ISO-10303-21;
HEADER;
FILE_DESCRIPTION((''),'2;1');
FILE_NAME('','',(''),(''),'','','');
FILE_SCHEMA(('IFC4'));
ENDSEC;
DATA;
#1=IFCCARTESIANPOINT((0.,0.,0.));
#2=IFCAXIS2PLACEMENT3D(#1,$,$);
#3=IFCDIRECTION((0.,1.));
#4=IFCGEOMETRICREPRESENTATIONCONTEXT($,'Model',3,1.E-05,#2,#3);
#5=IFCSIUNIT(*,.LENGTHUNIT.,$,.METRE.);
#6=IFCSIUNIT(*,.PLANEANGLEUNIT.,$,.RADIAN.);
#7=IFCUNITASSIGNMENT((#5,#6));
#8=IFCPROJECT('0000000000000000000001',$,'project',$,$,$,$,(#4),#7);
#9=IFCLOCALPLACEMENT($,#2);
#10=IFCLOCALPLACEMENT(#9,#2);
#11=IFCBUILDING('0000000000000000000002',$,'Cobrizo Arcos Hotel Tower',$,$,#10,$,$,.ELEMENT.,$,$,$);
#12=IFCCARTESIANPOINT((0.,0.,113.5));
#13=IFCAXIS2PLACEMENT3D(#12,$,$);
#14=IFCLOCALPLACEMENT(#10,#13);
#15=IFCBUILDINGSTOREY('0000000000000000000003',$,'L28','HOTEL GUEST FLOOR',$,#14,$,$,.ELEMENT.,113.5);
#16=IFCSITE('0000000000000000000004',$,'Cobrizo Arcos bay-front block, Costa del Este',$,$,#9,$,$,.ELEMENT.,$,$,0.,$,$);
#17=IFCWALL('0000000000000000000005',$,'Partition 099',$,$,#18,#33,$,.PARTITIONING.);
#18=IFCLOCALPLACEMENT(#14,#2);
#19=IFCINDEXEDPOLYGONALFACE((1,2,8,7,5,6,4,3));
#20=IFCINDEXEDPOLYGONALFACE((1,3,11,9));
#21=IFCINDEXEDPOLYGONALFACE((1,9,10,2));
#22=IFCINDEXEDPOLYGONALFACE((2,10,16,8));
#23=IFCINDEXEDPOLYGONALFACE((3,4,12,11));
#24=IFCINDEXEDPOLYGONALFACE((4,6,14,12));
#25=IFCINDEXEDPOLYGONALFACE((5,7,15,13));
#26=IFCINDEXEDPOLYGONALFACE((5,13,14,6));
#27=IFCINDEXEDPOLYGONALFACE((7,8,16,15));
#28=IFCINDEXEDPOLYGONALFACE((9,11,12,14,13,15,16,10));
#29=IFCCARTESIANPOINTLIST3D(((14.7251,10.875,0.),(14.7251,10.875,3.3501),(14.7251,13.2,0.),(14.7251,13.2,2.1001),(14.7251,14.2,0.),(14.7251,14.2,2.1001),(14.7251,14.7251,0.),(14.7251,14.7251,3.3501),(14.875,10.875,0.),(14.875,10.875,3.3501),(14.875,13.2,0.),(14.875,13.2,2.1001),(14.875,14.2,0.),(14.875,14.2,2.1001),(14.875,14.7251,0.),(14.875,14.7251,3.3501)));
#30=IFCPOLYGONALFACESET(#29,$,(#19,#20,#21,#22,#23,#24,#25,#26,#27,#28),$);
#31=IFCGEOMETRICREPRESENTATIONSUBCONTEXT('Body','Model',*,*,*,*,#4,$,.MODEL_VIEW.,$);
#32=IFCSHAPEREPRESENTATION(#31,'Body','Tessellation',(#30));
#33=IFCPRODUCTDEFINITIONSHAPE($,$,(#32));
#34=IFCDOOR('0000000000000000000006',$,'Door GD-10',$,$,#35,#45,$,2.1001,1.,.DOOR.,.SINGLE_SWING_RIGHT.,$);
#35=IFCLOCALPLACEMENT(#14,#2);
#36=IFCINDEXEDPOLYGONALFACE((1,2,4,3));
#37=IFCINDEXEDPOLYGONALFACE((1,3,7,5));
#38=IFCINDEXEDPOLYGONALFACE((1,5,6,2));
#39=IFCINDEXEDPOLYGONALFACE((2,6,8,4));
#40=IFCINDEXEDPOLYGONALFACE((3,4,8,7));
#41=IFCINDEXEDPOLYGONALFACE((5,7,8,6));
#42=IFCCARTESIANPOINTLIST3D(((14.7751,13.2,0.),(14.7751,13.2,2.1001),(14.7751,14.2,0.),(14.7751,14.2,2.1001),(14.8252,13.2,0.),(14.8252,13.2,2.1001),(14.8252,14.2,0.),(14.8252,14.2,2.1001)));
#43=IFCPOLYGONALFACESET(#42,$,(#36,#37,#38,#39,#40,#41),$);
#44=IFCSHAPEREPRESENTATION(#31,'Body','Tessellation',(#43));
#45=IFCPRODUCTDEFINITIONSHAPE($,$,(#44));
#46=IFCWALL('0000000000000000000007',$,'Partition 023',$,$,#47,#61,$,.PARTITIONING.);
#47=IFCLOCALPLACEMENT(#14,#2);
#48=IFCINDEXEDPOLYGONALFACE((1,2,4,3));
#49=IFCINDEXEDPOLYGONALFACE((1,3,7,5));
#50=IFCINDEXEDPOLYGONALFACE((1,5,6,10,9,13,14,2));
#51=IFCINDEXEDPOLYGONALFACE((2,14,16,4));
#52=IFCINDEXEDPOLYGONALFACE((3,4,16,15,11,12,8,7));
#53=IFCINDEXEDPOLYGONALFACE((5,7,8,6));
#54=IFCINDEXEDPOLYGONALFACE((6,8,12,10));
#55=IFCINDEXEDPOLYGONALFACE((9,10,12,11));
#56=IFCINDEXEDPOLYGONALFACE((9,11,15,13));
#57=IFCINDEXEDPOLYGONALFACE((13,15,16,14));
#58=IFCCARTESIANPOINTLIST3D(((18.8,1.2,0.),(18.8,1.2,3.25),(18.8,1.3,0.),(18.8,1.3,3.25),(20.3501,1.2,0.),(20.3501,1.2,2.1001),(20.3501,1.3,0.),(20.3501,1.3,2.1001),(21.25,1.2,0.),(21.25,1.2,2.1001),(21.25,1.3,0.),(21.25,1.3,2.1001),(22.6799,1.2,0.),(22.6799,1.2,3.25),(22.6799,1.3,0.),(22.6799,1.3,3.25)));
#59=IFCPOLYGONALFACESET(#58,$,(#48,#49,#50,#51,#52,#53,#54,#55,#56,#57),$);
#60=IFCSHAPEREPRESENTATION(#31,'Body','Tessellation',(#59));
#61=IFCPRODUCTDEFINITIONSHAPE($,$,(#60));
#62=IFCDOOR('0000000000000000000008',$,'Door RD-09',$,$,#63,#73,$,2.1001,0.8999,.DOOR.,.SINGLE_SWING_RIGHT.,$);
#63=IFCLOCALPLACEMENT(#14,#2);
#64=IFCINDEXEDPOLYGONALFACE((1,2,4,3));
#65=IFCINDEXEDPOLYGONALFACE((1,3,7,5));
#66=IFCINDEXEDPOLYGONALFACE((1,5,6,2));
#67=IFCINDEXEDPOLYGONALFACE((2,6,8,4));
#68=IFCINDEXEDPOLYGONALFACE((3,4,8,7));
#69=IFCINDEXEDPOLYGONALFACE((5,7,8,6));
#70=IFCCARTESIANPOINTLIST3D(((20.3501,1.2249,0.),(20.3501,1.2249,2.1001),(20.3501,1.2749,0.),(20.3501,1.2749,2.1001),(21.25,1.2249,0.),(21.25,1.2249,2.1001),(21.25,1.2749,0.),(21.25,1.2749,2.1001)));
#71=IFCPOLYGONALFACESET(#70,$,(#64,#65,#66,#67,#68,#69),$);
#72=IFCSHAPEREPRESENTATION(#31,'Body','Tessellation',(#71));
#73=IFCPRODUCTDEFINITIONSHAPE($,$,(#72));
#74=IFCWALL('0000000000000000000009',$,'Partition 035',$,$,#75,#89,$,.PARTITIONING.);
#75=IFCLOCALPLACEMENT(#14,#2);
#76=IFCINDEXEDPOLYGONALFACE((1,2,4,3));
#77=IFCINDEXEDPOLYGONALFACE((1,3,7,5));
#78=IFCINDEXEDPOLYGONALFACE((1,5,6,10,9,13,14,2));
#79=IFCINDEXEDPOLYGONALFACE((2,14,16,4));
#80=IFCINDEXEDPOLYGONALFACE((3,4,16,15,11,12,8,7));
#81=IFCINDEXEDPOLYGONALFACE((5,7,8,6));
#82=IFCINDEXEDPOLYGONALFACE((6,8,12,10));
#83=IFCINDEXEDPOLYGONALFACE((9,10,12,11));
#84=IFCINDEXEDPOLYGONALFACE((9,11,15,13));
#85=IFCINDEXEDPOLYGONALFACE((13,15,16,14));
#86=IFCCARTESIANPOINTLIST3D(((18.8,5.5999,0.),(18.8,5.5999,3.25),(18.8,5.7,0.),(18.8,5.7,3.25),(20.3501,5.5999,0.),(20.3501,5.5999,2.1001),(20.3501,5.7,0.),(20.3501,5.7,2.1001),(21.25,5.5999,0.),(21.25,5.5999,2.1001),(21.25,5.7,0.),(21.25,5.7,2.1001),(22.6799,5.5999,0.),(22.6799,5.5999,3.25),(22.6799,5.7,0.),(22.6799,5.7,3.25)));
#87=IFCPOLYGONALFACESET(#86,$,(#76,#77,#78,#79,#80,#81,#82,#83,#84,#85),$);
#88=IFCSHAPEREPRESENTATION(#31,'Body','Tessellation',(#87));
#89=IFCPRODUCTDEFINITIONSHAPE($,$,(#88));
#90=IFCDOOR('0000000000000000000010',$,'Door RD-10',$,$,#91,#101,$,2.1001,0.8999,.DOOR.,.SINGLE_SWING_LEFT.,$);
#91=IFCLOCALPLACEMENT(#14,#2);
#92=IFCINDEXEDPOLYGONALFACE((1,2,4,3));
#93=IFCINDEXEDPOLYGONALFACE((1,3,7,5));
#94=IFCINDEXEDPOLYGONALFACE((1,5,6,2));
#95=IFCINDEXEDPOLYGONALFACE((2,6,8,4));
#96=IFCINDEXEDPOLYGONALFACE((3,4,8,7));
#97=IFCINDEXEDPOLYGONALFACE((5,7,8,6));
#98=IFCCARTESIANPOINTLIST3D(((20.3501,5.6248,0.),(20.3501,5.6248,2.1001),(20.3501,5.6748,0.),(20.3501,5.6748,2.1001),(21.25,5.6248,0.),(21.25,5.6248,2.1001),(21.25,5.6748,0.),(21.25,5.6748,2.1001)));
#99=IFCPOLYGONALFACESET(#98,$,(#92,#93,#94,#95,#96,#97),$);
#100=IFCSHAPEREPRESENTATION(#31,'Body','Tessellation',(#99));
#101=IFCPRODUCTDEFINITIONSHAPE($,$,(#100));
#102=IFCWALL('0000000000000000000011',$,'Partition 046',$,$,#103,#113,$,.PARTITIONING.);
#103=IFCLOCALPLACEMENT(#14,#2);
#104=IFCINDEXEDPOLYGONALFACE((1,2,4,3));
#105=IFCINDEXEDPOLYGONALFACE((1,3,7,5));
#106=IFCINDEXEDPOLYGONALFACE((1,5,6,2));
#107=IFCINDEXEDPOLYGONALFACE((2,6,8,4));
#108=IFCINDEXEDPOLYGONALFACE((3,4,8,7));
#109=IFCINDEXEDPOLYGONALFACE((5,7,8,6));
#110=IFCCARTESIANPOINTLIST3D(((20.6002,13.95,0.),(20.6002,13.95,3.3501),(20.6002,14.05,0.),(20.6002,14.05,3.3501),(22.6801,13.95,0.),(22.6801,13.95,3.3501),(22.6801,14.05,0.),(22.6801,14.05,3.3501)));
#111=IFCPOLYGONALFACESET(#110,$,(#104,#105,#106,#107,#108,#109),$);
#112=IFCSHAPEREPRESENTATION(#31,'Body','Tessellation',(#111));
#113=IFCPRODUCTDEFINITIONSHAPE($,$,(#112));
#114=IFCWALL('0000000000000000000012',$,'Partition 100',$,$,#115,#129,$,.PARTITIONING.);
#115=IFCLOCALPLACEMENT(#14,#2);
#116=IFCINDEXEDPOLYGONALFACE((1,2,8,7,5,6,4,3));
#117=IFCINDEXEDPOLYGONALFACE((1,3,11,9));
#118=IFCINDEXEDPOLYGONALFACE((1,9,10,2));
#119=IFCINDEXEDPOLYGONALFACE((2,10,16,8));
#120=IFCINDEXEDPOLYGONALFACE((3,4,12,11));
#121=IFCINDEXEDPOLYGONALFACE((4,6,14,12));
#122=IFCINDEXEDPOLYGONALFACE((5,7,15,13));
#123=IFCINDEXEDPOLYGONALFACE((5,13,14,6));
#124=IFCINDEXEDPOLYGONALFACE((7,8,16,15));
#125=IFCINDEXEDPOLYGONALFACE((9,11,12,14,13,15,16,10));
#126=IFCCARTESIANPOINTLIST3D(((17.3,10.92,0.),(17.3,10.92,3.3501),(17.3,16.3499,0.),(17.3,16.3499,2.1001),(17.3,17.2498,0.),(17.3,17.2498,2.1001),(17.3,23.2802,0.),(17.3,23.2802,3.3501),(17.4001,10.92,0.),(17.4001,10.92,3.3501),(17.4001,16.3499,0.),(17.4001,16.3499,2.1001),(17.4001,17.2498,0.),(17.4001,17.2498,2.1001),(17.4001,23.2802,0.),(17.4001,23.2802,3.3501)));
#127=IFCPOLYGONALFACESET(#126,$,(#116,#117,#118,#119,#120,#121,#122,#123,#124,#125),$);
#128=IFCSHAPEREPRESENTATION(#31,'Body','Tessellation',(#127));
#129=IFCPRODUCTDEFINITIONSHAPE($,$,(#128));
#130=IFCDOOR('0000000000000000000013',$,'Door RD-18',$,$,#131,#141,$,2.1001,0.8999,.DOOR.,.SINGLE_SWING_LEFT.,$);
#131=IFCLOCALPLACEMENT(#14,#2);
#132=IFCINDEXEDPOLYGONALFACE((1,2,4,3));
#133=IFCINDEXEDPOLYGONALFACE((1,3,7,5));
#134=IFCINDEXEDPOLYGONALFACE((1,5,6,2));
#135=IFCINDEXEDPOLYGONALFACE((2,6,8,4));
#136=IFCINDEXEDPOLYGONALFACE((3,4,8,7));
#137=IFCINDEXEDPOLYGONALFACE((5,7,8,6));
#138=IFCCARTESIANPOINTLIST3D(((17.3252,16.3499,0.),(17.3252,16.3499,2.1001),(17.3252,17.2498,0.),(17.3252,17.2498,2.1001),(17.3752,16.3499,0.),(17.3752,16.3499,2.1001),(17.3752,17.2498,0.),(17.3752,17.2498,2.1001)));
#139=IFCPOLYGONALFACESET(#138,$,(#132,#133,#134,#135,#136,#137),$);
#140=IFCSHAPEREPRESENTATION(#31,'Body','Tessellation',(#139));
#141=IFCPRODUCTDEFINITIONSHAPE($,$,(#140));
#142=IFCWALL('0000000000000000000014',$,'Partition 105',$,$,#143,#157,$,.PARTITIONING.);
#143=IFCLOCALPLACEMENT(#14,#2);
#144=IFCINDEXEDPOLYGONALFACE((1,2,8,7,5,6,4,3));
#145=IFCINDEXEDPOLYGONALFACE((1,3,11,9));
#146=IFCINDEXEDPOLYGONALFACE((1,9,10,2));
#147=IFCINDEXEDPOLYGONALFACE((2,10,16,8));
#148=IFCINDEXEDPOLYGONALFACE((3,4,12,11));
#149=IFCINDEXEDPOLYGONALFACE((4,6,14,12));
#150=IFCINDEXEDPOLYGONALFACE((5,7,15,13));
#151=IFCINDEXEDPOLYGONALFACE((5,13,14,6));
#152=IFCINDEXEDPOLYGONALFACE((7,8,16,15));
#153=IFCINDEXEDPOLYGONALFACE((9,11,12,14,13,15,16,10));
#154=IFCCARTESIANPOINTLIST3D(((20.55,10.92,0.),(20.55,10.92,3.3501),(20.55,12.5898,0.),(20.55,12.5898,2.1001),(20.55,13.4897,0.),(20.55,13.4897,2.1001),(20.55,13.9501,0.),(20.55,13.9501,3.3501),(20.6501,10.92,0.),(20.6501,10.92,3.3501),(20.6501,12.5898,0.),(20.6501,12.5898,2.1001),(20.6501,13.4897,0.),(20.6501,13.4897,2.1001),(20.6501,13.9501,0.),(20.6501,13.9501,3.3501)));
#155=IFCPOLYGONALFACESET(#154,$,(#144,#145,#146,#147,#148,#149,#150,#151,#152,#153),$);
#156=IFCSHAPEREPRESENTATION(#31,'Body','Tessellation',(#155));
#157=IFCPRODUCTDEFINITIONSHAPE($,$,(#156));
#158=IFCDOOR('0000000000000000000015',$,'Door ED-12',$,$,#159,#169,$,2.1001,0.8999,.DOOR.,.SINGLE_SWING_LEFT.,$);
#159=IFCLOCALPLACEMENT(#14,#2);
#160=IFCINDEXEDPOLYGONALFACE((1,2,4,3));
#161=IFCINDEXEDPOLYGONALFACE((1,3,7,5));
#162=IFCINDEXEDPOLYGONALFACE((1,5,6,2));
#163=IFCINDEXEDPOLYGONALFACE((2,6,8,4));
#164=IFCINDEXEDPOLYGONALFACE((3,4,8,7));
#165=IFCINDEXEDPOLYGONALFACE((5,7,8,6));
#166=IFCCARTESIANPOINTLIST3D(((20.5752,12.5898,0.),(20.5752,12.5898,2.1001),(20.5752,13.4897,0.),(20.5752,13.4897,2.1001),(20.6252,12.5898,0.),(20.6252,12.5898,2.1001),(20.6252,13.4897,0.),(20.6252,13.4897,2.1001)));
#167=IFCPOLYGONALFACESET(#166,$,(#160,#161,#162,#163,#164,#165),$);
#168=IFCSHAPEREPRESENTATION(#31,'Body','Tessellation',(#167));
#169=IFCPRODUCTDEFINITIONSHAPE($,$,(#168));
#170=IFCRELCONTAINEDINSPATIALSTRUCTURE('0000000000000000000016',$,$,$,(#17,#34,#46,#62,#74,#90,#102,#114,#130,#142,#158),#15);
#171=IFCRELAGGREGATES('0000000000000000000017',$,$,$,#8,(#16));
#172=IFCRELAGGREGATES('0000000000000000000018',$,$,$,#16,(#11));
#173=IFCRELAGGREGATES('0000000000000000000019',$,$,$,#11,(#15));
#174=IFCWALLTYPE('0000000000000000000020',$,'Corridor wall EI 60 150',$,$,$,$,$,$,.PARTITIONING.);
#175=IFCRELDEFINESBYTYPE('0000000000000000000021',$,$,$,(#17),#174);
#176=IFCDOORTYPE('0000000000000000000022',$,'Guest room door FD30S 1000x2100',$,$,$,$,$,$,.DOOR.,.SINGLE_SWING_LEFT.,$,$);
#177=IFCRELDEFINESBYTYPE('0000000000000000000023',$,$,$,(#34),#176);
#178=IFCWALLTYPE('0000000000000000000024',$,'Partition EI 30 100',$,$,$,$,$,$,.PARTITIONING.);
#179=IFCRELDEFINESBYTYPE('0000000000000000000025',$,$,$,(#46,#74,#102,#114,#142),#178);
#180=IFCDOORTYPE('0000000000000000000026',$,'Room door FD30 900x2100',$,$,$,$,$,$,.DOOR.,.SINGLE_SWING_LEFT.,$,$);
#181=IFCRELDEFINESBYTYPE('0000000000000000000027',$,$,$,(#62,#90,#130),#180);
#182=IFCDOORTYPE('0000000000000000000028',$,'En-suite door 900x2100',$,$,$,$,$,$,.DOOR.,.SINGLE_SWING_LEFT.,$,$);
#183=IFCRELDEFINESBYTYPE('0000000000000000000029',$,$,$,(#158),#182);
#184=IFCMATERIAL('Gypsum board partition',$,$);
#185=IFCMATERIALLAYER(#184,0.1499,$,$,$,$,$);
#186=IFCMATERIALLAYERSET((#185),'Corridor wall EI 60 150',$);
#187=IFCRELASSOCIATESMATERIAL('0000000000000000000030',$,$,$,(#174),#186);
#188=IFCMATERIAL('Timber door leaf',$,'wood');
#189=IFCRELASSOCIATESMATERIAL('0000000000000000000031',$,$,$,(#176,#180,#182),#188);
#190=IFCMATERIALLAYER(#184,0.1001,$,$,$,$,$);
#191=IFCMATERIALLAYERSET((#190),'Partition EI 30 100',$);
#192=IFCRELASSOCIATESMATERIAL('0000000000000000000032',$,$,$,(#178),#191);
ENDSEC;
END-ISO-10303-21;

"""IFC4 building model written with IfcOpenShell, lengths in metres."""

from ifc_helpers import new_model, si_unit, direction, frame, frame_2d, origin, place, context, subcontext, project, spatial, rectangle, extrude, material, layer, layer_set, type_object, element, fill, save


model = new_model("IFC4")

# Units and contexts
model_context = context("Model", 3, precision=1e-05, world=origin(), true_north=direction((0.0, 1.0)))
body_context = subcontext(model_context, "Body", "Model", "MODEL_VIEW")
ifc_project = project(units=[si_unit("LENGTHUNIT", "METRE"), si_unit("PLANEANGLEUNIT", "RADIAN")], contexts=[model_context])

# Site, building, storey
site_placement = place(None, origin())
site = spatial("IfcSite", under=ifc_project, at=site_placement, Name="Cobrizo Arcos bay-front block, Costa del Este", CompositionType="ELEMENT", RefElevation=0.0)
building_placement = place(site_placement, origin())
building = spatial("IfcBuilding", under=site, at=building_placement, Name="Cobrizo Arcos Hotel Tower", CompositionType="ELEMENT")
storey_placement = place(building_placement, frame((0.0, 0.0, 113.5)))
storey = spatial("IfcBuildingStorey", under=building, at=storey_placement, Name="L28", Description="HOTEL GUEST FLOOR", CompositionType="ELEMENT", Elevation=113.5)

# Shared definitions
ifc_material_1 = material(Name="Gypsum board partition")
ifc_layer_1 = layer(ifc_material_1, 0.1499)
ifc_layer_set_1 = layer_set([ifc_layer_1], Name="Corridor wall EI 60 150")
wall_type_1 = type_object("IfcWallType", Name="Corridor wall EI 60 150", PredefinedType="PARTITIONING", material=ifc_layer_set_1)

# Walls, openings, doors
wall_1_placement = place(storey_placement, frame((14.8, 10.875, 0.0), z_axis=(0.0, 0.0, 1.0), x_axis=(0.0, 1.0, 0.0)))
wall_1 = element("IfcWall", 1, at=wall_1_placement, inside=storey, type_object=wall_type_1, Name="Partition 099", PredefinedType="PARTITIONING", context=body_context, shape_type="SweptSolid", body=[
    extrude(rectangle(XDim=3.8501, YDim=0.1499, at=frame_2d((1.925, 0.0))), origin(), (0.0, 0.0, 1.0), 3.3501),
])
opening_1_placement = place(wall_1_placement, frame((2.325, 0.0, 0.0)))
opening_1 = element("IfcOpeningElement", 2, at=opening_1_placement, cuts=wall_1, PredefinedType="OPENING", context=body_context, shape_type="SweptSolid", body=[
    extrude(rectangle(XDim=1.0, YDim=2.1001, at=frame_2d((0.5, 1.05))), frame((0.0, 0.0869, 0.0), z_axis=(0.0, -1.0, 0.0), x_axis=(1.0, 0.0, 0.0)), (0.0, 0.0, 1.0), 0.1738),
])
ifc_material_2 = material(Name="Timber door leaf", Category="wood")
door_type_1 = type_object("IfcDoorType", Name="Guest room door FD30S 1000x2100", OperationType="SINGLE_SWING_LEFT", PredefinedType="DOOR", material=ifc_material_2)
door_1_placement = place(opening_1_placement, origin())
door_1 = element("IfcDoor", 3, at=door_1_placement, inside=storey, type_object=door_type_1, Name="Door GD-10", OperationType="SINGLE_SWING_RIGHT", OverallHeight=2.1001, OverallWidth=1.0, PredefinedType="DOOR", context=body_context, shape_type="SweptSolid", body=[
    extrude(rectangle(XDim=1.0, YDim=2.1001, at=frame_2d((0.5, 1.05))), frame((0.0, 0.0249, 0.0), z_axis=(0.0, -1.0, 0.0), x_axis=(1.0, 0.0, 0.0)), (0.0, 0.0, 1.0), 0.05),
])
fill(opening_1, door_1)
ifc_layer_2 = layer(ifc_material_1, 0.1001)
ifc_layer_set_2 = layer_set([ifc_layer_2], Name="Partition EI 30 100")
wall_type_2 = type_object("IfcWallType", Name="Partition EI 30 100", PredefinedType="PARTITIONING", material=ifc_layer_set_2)
wall_2_placement = place(storey_placement, frame((18.8, 1.25, 0.0), z_axis=(0.0, 0.0, 1.0), x_axis=(1.0, 0.0, 0.0)))
wall_2 = element("IfcWall", 4, at=wall_2_placement, inside=storey, type_object=wall_type_2, Name="Partition 023", PredefinedType="PARTITIONING", context=body_context, shape_type="SweptSolid", body=[
    extrude(rectangle(XDim=3.8799, YDim=0.1001, at=frame_2d((1.9399, 0.0))), origin(), (0.0, 0.0, 1.0), 3.25),
])
opening_2_placement = place(wall_2_placement, frame((1.55, 0.0, 0.0)))
opening_2 = element("IfcOpeningElement", 5, at=opening_2_placement, cuts=wall_2, PredefinedType="OPENING", context=body_context, shape_type="SweptSolid", body=[
    extrude(rectangle(XDim=0.8999, YDim=2.1001, at=frame_2d((0.45, 1.05))), frame((0.0, 0.062, 0.0), z_axis=(0.0, -1.0, 0.0), x_axis=(1.0, 0.0, 0.0)), (0.0, 0.0, 1.0), 0.124),
])
door_type_2 = type_object("IfcDoorType", Name="Room door FD30 900x2100", OperationType="SINGLE_SWING_LEFT", PredefinedType="DOOR", material=ifc_material_2)
door_2_placement = place(opening_2_placement, origin())
door_2 = element("IfcDoor", 6, at=door_2_placement, inside=storey, type_object=door_type_2, Name="Door RD-09", OperationType="SINGLE_SWING_RIGHT", OverallHeight=2.1001, OverallWidth=0.8999, PredefinedType="DOOR", context=body_context, shape_type="SweptSolid", body=[
    extrude(rectangle(XDim=0.8999, YDim=2.1001, at=frame_2d((0.45, 1.05))), frame((0.0, 0.0249, 0.0), z_axis=(0.0, -1.0, 0.0), x_axis=(1.0, 0.0, 0.0)), (0.0, 0.0, 1.0), 0.05),
])
fill(opening_2, door_2)
wall_3_placement = place(storey_placement, frame((18.8, 5.6499, 0.0), z_axis=(0.0, 0.0, 1.0), x_axis=(1.0, 0.0, 0.0)))
wall_3 = element("IfcWall", 7, at=wall_3_placement, inside=storey, type_object=wall_type_2, Name="Partition 035", PredefinedType="PARTITIONING", context=body_context, shape_type="SweptSolid", body=[
    extrude(rectangle(XDim=3.8799, YDim=0.1001, at=frame_2d((1.9399, 0.0))), origin(), (0.0, 0.0, 1.0), 3.25),
])
opening_3_placement = place(wall_3_placement, frame((1.55, 0.0, 0.0)))
opening_3 = element("IfcOpeningElement", 8, at=opening_3_placement, cuts=wall_3, PredefinedType="OPENING", context=body_context, shape_type="SweptSolid", body=[
    extrude(rectangle(XDim=0.8999, YDim=2.1001, at=frame_2d((0.45, 1.05))), frame((0.0, 0.062, 0.0), z_axis=(0.0, -1.0, 0.0), x_axis=(1.0, 0.0, 0.0)), (0.0, 0.0, 1.0), 0.124),
])
door_3_placement = place(opening_3_placement, origin())
door_3 = element("IfcDoor", 9, at=door_3_placement, inside=storey, type_object=door_type_2, Name="Door RD-10", OperationType="SINGLE_SWING_LEFT", OverallHeight=2.1001, OverallWidth=0.8999, PredefinedType="DOOR", context=body_context, shape_type="SweptSolid", body=[
    extrude(rectangle(XDim=0.8999, YDim=2.1001, at=frame_2d((0.45, 1.05))), frame((0.0, 0.0249, 0.0), z_axis=(0.0, -1.0, 0.0), x_axis=(1.0, 0.0, 0.0)), (0.0, 0.0, 1.0), 0.05),
])
fill(opening_3, door_3)

# Wall
wall_4_placement = place(storey_placement, frame((20.6001, 14.0, 0.0), z_axis=(0.0, 0.0, 1.0), x_axis=(1.0, 0.0, 0.0)))
element("IfcWall", 10, at=wall_4_placement, inside=storey, type_object=wall_type_2, Name="Partition 046", PredefinedType="PARTITIONING", context=body_context, shape_type="SweptSolid", body=[
    extrude(rectangle(XDim=2.0798, YDim=0.1001, at=frame_2d((1.04, 0.0))), origin(), (0.0, 0.0, 1.0), 3.3501),
])

# Walls, openings, doors
wall_5_placement = place(storey_placement, frame((17.3501, 10.9199, 0.0), z_axis=(0.0, 0.0, 1.0), x_axis=(0.0, 1.0, 0.0)))
wall_5 = element("IfcWall", 11, at=wall_5_placement, inside=storey, type_object=wall_type_2, Name="Partition 100", PredefinedType="PARTITIONING", context=body_context, shape_type="SweptSolid", body=[
    extrude(rectangle(XDim=12.3601, YDim=0.1001, at=frame_2d((6.1802, 0.0))), origin(), (0.0, 0.0, 1.0), 3.3501),
])
opening_4_placement = place(wall_5_placement, frame((5.4299, 0.0, 0.0)))
opening_4 = element("IfcOpeningElement", 12, at=opening_4_placement, cuts=wall_5, PredefinedType="OPENING", context=body_context, shape_type="SweptSolid", body=[
    extrude(rectangle(XDim=0.8999, YDim=2.1001, at=frame_2d((0.45, 1.05))), frame((0.0, 0.062, 0.0), z_axis=(0.0, -1.0, 0.0), x_axis=(1.0, 0.0, 0.0)), (0.0, 0.0, 1.0), 0.124),
])
door_4_placement = place(opening_4_placement, origin())
door_4 = element("IfcDoor", 13, at=door_4_placement, inside=storey, type_object=door_type_2, Name="Door RD-18", OperationType="SINGLE_SWING_LEFT", OverallHeight=2.1001, OverallWidth=0.8999, PredefinedType="DOOR", context=body_context, shape_type="SweptSolid", body=[
    extrude(rectangle(XDim=0.8999, YDim=2.1001, at=frame_2d((0.45, 1.05))), frame((0.0, 0.0249, 0.0), z_axis=(0.0, -1.0, 0.0), x_axis=(1.0, 0.0, 0.0)), (0.0, 0.0, 1.0), 0.05),
])
fill(opening_4, door_4)
wall_6_placement = place(storey_placement, frame((20.6001, 10.9199, 0.0), z_axis=(0.0, 0.0, 1.0), x_axis=(0.0, 1.0, 0.0)))
wall_6 = element("IfcWall", 14, at=wall_6_placement, inside=storey, type_object=wall_type_2, Name="Partition 105", PredefinedType="PARTITIONING", context=body_context, shape_type="SweptSolid", body=[
    extrude(rectangle(XDim=3.03, YDim=0.1001, at=frame_2d((1.5151, 0.0))), origin(), (0.0, 0.0, 1.0), 3.3501),
])
opening_5_placement = place(wall_6_placement, frame((1.6699, 0.0, 0.0)))
opening_5 = element("IfcOpeningElement", 15, at=opening_5_placement, cuts=wall_6, PredefinedType="OPENING", context=body_context, shape_type="SweptSolid", body=[
    extrude(rectangle(XDim=0.8999, YDim=2.1001, at=frame_2d((0.45, 1.05))), frame((0.0, 0.062, 0.0), z_axis=(0.0, -1.0, 0.0), x_axis=(1.0, 0.0, 0.0)), (0.0, 0.0, 1.0), 0.124),
])
door_type_3 = type_object("IfcDoorType", Name="En-suite door 900x2100", OperationType="SINGLE_SWING_LEFT", PredefinedType="DOOR", material=ifc_material_2)
door_5_placement = place(opening_5_placement, origin())
door_5 = element("IfcDoor", 16, at=door_5_placement, inside=storey, type_object=door_type_3, Name="Door ED-12", OperationType="SINGLE_SWING_LEFT", OverallHeight=2.1001, OverallWidth=0.8999, PredefinedType="DOOR", context=body_context, shape_type="SweptSolid", body=[
    extrude(rectangle(XDim=0.8999, YDim=2.1001, at=frame_2d((0.45, 1.05))), frame((0.0, 0.0249, 0.0), z_axis=(0.0, -1.0, 0.0), x_axis=(1.0, 0.0, 0.0)), (0.0, 0.0, 1.0), 0.05),
])
fill(opening_5, door_5)

save(model, "model.ifc")
